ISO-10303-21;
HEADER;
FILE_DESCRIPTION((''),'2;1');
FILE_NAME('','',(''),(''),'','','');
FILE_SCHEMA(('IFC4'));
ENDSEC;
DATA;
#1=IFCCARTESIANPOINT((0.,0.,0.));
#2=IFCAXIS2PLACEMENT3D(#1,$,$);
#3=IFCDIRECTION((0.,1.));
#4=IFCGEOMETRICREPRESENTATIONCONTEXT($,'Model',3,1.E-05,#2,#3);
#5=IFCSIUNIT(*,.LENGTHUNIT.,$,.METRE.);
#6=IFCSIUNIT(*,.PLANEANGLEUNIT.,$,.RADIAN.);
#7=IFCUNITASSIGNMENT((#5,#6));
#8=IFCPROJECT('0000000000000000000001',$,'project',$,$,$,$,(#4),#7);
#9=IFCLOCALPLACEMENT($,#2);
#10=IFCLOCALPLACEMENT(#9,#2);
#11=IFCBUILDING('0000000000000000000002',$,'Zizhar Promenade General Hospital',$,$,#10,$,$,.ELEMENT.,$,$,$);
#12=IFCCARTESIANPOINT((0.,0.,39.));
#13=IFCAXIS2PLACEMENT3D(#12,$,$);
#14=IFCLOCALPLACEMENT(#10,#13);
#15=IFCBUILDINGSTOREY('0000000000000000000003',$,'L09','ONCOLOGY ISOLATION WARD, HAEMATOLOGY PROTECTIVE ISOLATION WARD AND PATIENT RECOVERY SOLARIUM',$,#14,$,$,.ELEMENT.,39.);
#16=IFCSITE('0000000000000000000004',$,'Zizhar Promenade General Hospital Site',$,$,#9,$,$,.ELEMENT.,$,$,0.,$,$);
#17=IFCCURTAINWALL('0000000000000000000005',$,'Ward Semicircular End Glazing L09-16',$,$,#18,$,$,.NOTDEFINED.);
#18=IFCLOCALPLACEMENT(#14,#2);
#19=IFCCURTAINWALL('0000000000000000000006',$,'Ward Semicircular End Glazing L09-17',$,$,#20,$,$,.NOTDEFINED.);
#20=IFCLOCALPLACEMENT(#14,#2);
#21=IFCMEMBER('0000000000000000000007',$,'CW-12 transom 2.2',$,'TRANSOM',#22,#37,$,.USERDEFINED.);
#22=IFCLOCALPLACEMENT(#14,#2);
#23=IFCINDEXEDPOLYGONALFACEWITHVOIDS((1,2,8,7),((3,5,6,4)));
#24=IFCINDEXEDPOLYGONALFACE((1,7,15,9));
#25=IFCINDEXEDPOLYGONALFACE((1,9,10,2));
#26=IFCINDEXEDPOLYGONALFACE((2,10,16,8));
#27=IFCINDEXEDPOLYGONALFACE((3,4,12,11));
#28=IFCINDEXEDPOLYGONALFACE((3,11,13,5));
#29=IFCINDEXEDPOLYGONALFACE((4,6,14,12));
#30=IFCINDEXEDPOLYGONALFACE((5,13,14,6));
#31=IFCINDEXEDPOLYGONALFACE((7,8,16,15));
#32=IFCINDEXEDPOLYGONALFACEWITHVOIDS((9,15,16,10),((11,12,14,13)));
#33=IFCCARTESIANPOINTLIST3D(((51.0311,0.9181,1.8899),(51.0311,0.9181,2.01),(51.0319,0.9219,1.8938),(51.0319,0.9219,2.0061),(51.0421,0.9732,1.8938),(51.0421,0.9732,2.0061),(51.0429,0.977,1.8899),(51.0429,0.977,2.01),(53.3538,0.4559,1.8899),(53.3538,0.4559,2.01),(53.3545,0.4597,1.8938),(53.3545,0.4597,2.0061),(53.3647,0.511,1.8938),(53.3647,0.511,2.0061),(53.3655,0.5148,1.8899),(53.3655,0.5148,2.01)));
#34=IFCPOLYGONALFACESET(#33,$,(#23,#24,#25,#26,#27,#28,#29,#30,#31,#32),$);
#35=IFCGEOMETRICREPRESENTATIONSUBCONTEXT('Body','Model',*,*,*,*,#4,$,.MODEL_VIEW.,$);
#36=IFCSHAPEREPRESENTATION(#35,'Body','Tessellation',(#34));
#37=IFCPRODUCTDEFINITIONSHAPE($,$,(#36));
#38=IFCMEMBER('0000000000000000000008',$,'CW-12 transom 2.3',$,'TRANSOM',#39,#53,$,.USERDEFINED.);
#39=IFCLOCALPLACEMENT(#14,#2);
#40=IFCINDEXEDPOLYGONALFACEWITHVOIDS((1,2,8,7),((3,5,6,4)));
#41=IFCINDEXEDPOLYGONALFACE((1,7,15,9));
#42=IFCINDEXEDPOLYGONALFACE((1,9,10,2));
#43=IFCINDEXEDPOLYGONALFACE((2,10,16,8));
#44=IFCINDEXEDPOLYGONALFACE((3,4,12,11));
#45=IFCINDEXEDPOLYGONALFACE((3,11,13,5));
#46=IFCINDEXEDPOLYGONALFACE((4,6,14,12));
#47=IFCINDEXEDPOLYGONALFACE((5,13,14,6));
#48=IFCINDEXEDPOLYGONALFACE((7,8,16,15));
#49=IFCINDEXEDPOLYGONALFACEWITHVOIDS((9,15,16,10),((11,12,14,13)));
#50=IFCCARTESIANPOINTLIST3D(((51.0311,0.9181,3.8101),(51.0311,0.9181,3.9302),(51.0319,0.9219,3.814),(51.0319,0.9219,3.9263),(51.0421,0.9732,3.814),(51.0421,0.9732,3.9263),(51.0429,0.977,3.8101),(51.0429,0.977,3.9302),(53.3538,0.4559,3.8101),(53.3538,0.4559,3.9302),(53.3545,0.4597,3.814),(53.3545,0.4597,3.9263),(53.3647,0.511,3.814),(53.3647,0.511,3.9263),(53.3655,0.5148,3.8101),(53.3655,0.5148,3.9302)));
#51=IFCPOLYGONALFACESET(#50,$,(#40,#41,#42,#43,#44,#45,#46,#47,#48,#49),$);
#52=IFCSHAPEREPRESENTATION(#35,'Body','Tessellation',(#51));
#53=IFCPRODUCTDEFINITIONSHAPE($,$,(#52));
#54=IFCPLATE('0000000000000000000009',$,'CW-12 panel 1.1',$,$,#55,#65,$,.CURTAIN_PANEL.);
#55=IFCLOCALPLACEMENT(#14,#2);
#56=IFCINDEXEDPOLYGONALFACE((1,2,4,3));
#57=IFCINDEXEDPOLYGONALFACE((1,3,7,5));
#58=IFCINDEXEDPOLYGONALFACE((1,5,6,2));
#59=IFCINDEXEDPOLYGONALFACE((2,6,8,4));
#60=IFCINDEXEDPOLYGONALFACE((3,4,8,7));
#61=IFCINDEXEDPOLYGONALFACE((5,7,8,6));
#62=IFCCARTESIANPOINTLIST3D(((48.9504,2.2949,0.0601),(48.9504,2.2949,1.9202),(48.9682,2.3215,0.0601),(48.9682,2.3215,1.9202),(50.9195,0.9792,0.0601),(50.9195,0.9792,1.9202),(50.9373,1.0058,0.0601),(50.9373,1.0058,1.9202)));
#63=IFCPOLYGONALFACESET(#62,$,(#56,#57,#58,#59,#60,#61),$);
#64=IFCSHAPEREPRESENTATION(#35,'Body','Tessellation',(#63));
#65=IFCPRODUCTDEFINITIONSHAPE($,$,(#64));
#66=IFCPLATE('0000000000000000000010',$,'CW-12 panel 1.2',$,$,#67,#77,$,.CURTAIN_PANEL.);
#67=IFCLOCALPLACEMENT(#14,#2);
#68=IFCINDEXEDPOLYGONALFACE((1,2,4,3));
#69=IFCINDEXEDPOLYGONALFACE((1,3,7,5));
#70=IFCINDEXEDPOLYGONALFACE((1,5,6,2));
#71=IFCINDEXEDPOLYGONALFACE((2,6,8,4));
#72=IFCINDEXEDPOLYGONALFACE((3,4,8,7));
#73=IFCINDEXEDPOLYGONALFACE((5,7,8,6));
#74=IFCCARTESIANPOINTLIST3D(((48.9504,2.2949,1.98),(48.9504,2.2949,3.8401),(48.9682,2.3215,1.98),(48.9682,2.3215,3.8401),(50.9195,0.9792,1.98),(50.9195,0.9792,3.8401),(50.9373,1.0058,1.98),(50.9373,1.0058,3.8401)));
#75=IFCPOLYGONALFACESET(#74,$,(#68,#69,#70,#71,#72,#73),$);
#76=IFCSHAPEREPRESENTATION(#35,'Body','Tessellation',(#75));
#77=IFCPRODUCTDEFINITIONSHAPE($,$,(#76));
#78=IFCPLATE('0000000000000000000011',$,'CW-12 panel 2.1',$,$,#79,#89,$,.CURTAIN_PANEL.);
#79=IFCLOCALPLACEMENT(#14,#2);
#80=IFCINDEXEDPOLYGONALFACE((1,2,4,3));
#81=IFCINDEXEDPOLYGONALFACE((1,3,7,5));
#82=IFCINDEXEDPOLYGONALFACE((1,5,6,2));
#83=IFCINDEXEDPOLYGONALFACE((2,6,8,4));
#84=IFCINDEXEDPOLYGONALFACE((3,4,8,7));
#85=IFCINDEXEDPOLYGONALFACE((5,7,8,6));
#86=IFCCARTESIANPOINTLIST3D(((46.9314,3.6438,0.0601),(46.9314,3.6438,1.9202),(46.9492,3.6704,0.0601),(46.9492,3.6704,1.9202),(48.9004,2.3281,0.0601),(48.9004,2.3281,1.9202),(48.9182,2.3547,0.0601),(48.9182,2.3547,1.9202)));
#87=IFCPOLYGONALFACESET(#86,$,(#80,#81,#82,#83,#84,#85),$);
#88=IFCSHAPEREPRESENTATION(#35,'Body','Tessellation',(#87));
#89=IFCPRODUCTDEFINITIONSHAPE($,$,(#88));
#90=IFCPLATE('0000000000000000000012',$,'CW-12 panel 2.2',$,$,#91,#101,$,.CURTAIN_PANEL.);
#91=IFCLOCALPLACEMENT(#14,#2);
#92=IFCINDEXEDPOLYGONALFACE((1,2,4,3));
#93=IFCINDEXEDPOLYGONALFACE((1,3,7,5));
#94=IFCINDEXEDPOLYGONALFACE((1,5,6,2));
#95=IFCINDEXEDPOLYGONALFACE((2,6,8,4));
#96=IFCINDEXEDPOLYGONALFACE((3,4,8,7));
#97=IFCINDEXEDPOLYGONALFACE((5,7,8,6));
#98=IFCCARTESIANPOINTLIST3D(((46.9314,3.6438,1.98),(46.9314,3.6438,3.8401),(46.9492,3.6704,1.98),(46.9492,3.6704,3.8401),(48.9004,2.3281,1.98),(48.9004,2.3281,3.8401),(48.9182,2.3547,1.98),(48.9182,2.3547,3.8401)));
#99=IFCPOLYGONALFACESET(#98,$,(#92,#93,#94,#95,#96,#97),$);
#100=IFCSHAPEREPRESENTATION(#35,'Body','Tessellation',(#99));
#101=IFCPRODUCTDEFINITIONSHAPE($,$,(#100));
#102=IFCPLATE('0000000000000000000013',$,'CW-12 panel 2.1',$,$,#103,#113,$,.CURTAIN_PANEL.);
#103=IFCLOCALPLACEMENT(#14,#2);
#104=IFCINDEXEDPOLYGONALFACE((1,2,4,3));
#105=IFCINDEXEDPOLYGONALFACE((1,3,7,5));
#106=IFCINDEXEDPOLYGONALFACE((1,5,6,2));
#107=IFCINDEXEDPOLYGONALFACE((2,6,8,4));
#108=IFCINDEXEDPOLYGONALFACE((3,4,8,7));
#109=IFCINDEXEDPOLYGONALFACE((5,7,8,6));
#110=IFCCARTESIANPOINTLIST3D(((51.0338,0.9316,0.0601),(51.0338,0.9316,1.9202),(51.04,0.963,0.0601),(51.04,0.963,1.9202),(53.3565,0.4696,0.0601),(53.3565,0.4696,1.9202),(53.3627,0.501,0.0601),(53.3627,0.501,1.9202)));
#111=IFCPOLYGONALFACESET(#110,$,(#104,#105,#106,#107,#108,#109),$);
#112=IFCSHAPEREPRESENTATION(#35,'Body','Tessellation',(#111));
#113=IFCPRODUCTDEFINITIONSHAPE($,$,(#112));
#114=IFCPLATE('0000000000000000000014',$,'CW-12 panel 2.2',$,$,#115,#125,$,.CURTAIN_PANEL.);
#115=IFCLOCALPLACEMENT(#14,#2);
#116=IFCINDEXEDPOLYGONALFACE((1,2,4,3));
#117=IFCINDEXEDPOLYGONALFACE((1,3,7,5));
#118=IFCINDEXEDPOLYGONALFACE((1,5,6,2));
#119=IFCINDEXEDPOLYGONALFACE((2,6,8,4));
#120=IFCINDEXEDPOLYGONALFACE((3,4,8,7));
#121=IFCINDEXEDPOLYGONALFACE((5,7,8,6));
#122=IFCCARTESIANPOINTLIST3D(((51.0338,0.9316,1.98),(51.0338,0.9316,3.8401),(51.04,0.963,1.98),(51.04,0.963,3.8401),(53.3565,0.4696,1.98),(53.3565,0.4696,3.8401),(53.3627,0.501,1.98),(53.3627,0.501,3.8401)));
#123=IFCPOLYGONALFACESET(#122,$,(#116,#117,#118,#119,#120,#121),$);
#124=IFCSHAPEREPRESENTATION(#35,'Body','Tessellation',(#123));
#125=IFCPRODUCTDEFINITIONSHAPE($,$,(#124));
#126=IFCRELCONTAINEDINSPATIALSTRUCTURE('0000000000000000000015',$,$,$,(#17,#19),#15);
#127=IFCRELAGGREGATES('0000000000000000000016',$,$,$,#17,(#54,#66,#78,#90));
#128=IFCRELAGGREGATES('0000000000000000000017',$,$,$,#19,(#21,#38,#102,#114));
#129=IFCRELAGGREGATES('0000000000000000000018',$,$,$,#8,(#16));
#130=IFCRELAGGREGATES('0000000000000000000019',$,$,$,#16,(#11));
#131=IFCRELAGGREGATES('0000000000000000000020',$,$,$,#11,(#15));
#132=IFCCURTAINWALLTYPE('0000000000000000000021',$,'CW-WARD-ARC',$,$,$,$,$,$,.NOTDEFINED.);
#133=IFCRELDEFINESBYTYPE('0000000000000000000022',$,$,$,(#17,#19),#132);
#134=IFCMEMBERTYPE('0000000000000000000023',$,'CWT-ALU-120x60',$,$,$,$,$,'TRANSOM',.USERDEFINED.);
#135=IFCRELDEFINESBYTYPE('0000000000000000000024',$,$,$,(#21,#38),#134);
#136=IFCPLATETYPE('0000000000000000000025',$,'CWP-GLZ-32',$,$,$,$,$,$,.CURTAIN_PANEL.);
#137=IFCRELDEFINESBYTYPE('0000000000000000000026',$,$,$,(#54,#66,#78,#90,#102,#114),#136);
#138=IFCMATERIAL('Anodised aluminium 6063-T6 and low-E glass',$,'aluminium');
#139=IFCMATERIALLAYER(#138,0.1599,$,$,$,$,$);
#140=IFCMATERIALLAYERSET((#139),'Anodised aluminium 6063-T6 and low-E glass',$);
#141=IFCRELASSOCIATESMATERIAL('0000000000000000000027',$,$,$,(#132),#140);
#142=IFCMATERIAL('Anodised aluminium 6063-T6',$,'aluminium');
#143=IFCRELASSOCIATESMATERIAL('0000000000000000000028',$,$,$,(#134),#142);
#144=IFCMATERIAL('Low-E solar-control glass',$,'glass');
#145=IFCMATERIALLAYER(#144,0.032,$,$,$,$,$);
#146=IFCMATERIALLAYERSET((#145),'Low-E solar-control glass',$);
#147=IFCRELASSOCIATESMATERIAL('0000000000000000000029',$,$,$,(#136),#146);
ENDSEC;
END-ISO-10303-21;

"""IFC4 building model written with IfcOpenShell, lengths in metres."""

from ifc_helpers import new_model, si_unit, direction, frame, origin, origin_2d, place, context, subcontext, project, spatial, rectangle, hollow_rectangle, extrude, material, layer, layer_set, material_profile, profile_set, type_object, element, aggregate, save


model = new_model("IFC4")

# Units and contexts
model_context = context("Model", 3, precision=1e-05, world=origin(), true_north=direction((0.0, 1.0)))
body_context = subcontext(model_context, "Body", "Model", "MODEL_VIEW")
ifc_project = project(units=[si_unit("LENGTHUNIT", "METRE"), si_unit("PLANEANGLEUNIT", "RADIAN")], contexts=[model_context])

# Site, building, storey
site_placement = place(None, origin())
site = spatial("IfcSite", under=ifc_project, at=site_placement, Name="Zizhar Promenade General Hospital Site", CompositionType="ELEMENT", RefElevation=0.0)
building_placement = place(site_placement, origin())
building = spatial("IfcBuilding", under=site, at=building_placement, Name="Zizhar Promenade General Hospital", CompositionType="ELEMENT")
storey_placement = place(building_placement, frame((0.0, 0.0, 39.0)))
storey = spatial("IfcBuildingStorey", under=building, at=storey_placement, Name="L09", Description="ONCOLOGY ISOLATION WARD, HAEMATOLOGY PROTECTIVE ISOLATION WARD AND PATIENT RECOVERY SOLARIUM", CompositionType="ELEMENT", Elevation=39.0)

# Curtain walls
ifc_material_1 = material(Name="Anodised aluminium 6063-T6 and low-E glass", Category="aluminium")
ifc_layer_1 = layer(ifc_material_1, 0.1599)
ifc_layer_set_1 = layer_set([ifc_layer_1], Name="Anodised aluminium 6063-T6 and low-E glass")
curtain_wall_type = type_object("IfcCurtainWallType", Name="CW-WARD-ARC", PredefinedType="NOTDEFINED", material=ifc_layer_set_1)
curtain_wall_1_placement = place(storey_placement, origin())
curtain_wall_1 = element("IfcCurtainWall", 1, at=curtain_wall_1_placement, inside=storey, type_object=curtain_wall_type, Name="Ward Semicircular End Glazing L09-16", PredefinedType="NOTDEFINED")
curtain_wall_2_placement = place(storey_placement, origin())
curtain_wall_2 = element("IfcCurtainWall", 2, at=curtain_wall_2_placement, inside=storey, type_object=curtain_wall_type, Name="Ward Semicircular End Glazing L09-17", PredefinedType="NOTDEFINED")

# Members
ifc_material_2 = material(Name="Anodised aluminium 6063-T6", Category="aluminium")
ifc_material_profile_1 = material_profile(ifc_material_2, hollow_rectangle(XDim=0.0601, YDim=0.1201, WallThickness=0.0039, at=origin_2d()))
ifc_profile_set_1 = profile_set([ifc_material_profile_1], Name="Anodised aluminium 6063-T6")
member_type_1 = type_object("IfcMemberType", Name="CWT-ALU-120x60", ElementType="TRANSOM", PredefinedType="USERDEFINED", material=ifc_profile_set_1)
member_1_placement = place(storey_placement, frame((53.3596, 0.4854, 1.95), z_axis=(-0.980771, 0.195164, 0.0), x_axis=(-0.195164, -0.980771, 0.0)))
member_1 = element("IfcMember", 3, at=member_1_placement, type_object=member_type_1, Name="CW-12 transom 2.2", ObjectType="TRANSOM", PredefinedType="USERDEFINED", context=body_context, shape_type="SweptSolid", body=[
    extrude(hollow_rectangle(XDim=0.0601, YDim=0.1201, WallThickness=0.0039, at=origin_2d()), origin(), (0.0, 0.0, 1.0), 2.3682),
])
member_2_placement = place(storey_placement, frame((53.3596, 0.4854, 3.8701), z_axis=(-0.980771, 0.195164, 0.0), x_axis=(-0.195164, -0.980771, 0.0)))
member_2 = element("IfcMember", 4, at=member_2_placement, type_object=member_type_1, Name="CW-12 transom 2.3", ObjectType="TRANSOM", PredefinedType="USERDEFINED", context=body_context, shape_type="SweptSolid", body=[
    extrude(hollow_rectangle(XDim=0.0601, YDim=0.1201, WallThickness=0.0039, at=origin_2d()), origin(), (0.0, 0.0, 1.0), 2.3682),
])

# Plates
ifc_material_3 = material(Name="Low-E solar-control glass", Category="glass")
ifc_layer_2 = layer(ifc_material_3, 0.032)
ifc_layer_set_2 = layer_set([ifc_layer_2], Name="Low-E solar-control glass")
plate_type = type_object("IfcPlateType", Name="CWP-GLZ-32", PredefinedType="CURTAIN_PANEL", material=ifc_layer_set_2)
plate_1_placement = place(storey_placement, frame((49.9438, 1.6504, 0.0601), z_axis=(0.0, 0.0, 1.0), x_axis=(-0.831462, 0.555582, 0.0)))
plate_1 = element("IfcPlate", 5, at=plate_1_placement, type_object=plate_type, Name="CW-12 panel 1.1", PredefinedType="CURTAIN_PANEL", context=body_context, shape_type="SweptSolid", body=[
    extrude(rectangle(XDim=2.3682, YDim=0.032, at=origin_2d()), origin(), (0.0, 0.0, 1.0), 1.8601),
])
plate_2_placement = place(storey_placement, frame((49.9438, 1.6504, 1.98), z_axis=(0.0, 0.0, 1.0), x_axis=(-0.831462, 0.555582, 0.0)))
plate_2 = element("IfcPlate", 6, at=plate_2_placement, type_object=plate_type, Name="CW-12 panel 1.2", PredefinedType="CURTAIN_PANEL", context=body_context, shape_type="SweptSolid", body=[
    extrude(rectangle(XDim=2.3682, YDim=0.032, at=origin_2d()), origin(), (0.0, 0.0, 1.0), 1.8601),
])
plate_3_placement = place(storey_placement, frame((47.9248, 2.9993, 0.0601), z_axis=(0.0, 0.0, 1.0), x_axis=(-0.831462, 0.555582, 0.0)))
plate_3 = element("IfcPlate", 7, at=plate_3_placement, type_object=plate_type, Name="CW-12 panel 2.1", PredefinedType="CURTAIN_PANEL", context=body_context, shape_type="SweptSolid", body=[
    extrude(rectangle(XDim=2.3682, YDim=0.032, at=origin_2d()), origin(), (0.0, 0.0, 1.0), 1.8601),
])
plate_4_placement = place(storey_placement, frame((47.9248, 2.9993, 1.98), z_axis=(0.0, 0.0, 1.0), x_axis=(-0.831462, 0.555582, 0.0)))
plate_4 = element("IfcPlate", 8, at=plate_4_placement, type_object=plate_type, Name="CW-12 panel 2.2", PredefinedType="CURTAIN_PANEL", context=body_context, shape_type="SweptSolid", body=[
    extrude(rectangle(XDim=2.3682, YDim=0.032, at=origin_2d()), origin(), (0.0, 0.0, 1.0), 1.8601),
])
aggregate(curtain_wall_1, [plate_1, plate_2, plate_3, plate_4])
plate_5_placement = place(storey_placement, frame((52.1982, 0.7163, 0.0601), z_axis=(0.0, 0.0, 1.0), x_axis=(-0.980786, 0.195087, 0.0)))
plate_5 = element("IfcPlate", 9, at=plate_5_placement, type_object=plate_type, Name="CW-12 panel 2.1", PredefinedType="CURTAIN_PANEL", context=body_context, shape_type="SweptSolid", body=[
    extrude(rectangle(XDim=2.3682, YDim=0.032, at=origin_2d()), origin(), (0.0, 0.0, 1.0), 1.8601),
])
plate_6_placement = place(storey_placement, frame((52.1982, 0.7163, 1.98), z_axis=(0.0, 0.0, 1.0), x_axis=(-0.980786, 0.195087, 0.0)))
plate_6 = element("IfcPlate", 10, at=plate_6_placement, type_object=plate_type, Name="CW-12 panel 2.2", PredefinedType="CURTAIN_PANEL", context=body_context, shape_type="SweptSolid", body=[
    extrude(rectangle(XDim=2.3682, YDim=0.032, at=origin_2d()), origin(), (0.0, 0.0, 1.0), 1.8601),
])
aggregate(curtain_wall_2, [member_1, member_2, plate_5, plate_6])

save(model, "model.ifc")
